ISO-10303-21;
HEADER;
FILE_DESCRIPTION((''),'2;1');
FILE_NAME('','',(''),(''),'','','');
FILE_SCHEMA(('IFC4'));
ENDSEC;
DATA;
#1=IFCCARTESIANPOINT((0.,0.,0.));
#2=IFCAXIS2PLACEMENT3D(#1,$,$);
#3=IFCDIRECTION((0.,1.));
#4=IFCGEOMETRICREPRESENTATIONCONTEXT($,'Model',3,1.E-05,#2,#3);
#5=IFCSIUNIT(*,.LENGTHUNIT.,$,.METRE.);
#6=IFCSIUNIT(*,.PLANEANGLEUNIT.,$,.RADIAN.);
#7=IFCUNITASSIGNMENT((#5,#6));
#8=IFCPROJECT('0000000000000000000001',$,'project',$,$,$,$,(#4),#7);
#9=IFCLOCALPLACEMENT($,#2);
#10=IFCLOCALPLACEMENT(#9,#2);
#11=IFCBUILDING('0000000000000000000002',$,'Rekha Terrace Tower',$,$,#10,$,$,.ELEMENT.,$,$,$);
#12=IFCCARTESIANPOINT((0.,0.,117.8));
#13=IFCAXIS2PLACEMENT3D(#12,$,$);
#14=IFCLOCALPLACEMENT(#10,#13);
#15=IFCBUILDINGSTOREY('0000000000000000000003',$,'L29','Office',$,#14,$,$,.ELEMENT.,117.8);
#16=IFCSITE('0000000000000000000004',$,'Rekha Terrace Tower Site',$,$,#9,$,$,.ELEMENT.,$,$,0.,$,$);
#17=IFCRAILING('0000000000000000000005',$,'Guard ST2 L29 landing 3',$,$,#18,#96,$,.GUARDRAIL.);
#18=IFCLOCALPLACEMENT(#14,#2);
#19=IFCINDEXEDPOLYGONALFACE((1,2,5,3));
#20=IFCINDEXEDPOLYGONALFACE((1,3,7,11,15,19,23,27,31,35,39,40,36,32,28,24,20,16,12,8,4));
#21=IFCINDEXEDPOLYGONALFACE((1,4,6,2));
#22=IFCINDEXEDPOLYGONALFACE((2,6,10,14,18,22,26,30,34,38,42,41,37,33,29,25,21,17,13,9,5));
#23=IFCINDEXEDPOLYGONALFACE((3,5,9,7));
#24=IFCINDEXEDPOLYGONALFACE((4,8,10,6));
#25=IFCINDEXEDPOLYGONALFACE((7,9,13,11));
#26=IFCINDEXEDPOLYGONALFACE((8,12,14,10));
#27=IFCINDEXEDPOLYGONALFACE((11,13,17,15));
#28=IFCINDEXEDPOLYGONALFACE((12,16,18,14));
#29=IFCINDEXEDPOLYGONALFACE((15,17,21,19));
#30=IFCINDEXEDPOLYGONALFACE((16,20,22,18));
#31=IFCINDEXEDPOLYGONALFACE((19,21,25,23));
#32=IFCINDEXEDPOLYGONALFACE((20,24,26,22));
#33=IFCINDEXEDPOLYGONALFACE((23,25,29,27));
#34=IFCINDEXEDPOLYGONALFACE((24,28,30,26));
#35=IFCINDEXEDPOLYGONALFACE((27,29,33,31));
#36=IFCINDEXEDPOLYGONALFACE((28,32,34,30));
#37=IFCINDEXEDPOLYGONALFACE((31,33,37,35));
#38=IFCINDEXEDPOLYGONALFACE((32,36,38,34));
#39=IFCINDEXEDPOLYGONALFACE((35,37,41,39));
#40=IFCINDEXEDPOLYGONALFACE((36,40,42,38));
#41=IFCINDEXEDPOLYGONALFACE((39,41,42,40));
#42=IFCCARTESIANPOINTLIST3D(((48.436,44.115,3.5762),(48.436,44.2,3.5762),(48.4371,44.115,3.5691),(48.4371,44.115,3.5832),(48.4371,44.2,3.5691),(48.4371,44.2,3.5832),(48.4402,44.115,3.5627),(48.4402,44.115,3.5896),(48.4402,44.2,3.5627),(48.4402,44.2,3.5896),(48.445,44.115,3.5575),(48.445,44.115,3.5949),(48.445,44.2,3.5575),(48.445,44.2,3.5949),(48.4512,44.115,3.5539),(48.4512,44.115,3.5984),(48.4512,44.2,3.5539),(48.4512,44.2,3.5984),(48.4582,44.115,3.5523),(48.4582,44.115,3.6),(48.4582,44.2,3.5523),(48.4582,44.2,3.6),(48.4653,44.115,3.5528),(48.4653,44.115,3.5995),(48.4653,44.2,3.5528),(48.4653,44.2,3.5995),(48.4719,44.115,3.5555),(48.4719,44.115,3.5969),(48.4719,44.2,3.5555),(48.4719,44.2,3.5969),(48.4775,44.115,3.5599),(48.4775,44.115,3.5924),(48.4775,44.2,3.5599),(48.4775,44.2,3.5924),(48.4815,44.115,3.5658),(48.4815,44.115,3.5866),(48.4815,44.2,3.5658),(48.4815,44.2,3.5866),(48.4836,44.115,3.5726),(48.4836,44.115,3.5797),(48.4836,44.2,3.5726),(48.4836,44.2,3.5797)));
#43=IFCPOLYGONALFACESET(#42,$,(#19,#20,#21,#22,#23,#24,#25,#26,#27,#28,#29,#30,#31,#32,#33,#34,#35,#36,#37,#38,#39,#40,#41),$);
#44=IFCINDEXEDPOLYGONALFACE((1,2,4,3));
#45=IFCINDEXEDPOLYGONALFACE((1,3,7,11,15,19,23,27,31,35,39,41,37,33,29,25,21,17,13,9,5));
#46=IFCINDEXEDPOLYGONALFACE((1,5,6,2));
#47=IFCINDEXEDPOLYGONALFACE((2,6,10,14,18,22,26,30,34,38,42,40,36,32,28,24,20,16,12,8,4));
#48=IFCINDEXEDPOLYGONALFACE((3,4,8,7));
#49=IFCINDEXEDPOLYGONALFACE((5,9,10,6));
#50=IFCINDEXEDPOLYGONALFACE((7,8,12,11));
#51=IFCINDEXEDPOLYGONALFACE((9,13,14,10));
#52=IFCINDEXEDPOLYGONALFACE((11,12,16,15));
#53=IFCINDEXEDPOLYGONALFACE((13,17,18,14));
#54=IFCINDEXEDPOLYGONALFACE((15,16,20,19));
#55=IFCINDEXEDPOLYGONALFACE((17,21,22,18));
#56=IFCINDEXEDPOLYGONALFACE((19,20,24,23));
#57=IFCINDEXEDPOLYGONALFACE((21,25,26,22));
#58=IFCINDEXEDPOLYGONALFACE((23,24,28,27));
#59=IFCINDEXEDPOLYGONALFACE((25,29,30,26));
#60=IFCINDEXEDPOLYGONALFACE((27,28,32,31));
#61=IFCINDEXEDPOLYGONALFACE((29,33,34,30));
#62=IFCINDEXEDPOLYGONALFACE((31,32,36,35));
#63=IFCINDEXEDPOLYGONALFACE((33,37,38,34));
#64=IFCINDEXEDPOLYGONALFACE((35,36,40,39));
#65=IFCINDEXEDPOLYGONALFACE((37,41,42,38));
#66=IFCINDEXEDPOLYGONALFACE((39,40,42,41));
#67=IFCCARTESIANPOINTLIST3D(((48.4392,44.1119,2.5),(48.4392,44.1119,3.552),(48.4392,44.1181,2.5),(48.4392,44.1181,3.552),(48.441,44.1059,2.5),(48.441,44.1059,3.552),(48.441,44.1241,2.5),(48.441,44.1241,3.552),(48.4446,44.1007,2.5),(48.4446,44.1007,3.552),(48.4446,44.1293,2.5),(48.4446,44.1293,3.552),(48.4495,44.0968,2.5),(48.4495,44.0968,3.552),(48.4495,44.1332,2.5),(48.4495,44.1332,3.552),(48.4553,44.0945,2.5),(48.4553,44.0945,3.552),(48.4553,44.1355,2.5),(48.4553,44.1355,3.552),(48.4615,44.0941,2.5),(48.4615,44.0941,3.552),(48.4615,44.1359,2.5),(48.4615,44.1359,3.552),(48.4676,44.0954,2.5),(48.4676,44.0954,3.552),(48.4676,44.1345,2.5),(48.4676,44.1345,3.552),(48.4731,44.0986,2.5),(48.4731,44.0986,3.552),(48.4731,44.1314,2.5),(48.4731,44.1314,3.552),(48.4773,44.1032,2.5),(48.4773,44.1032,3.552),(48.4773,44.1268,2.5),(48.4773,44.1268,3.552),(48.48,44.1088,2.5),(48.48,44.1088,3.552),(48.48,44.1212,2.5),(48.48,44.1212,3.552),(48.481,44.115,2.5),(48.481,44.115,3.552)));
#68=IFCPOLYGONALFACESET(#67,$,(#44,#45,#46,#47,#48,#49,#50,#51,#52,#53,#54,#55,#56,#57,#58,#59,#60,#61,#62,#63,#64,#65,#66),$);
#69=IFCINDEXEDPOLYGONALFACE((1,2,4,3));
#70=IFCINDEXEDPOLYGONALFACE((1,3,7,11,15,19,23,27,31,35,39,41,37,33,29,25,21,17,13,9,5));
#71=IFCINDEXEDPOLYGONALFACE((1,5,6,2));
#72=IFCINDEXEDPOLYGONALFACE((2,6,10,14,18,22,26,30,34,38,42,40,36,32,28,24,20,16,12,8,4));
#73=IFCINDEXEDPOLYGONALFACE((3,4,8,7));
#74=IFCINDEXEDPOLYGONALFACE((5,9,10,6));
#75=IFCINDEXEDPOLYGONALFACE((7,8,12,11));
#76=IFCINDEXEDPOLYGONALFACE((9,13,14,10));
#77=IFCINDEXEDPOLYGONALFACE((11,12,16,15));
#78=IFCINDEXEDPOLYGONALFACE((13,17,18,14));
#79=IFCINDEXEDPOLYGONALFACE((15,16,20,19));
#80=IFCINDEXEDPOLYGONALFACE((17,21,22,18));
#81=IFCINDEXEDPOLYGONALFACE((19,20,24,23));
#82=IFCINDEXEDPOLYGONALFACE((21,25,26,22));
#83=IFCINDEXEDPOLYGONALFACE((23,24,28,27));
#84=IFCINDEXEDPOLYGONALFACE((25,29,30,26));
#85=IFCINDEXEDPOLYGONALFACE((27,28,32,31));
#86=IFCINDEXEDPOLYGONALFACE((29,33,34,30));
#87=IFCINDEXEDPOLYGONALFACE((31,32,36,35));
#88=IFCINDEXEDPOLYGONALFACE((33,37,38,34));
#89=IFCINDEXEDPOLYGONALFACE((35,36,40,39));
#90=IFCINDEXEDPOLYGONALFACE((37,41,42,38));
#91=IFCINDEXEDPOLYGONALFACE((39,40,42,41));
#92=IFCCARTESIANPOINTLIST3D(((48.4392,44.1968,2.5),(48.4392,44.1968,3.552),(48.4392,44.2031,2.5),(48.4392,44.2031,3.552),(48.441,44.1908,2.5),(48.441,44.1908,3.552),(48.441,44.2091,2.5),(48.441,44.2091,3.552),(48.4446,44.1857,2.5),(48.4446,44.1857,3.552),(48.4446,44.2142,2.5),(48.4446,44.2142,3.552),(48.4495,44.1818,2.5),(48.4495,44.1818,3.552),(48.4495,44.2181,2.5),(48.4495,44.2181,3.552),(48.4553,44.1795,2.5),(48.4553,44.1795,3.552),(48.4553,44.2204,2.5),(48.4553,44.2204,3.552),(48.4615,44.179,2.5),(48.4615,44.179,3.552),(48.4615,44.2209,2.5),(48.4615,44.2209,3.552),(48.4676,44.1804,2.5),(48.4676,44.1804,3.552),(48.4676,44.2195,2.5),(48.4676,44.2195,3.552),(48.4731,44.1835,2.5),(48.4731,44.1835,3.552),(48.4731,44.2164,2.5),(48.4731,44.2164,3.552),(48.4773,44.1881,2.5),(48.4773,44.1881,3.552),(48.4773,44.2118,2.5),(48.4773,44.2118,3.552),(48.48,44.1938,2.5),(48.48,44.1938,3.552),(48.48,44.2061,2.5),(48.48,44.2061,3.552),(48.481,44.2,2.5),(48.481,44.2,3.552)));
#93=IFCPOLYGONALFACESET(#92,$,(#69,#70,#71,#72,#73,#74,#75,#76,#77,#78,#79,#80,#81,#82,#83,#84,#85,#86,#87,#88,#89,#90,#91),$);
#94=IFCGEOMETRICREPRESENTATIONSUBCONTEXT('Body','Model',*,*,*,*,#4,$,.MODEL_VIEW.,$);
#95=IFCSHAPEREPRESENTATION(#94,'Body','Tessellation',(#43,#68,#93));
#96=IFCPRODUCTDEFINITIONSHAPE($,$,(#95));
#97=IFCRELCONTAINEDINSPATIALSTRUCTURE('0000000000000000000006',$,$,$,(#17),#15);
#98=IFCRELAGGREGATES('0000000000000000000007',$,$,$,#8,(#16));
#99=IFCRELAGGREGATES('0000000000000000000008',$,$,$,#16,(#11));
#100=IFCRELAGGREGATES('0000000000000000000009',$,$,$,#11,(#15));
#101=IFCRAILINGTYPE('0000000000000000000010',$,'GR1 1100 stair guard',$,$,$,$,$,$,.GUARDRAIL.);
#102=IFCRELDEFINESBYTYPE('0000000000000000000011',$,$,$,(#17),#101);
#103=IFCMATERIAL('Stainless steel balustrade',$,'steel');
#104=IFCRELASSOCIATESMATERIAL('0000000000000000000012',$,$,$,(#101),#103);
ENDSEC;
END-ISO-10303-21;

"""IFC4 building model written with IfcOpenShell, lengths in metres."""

from ifc_helpers import new_model, si_unit, direction, frame, origin, origin_2d, place, context, subcontext, project, spatial, circle, extrude, material, type_object, element, save


model = new_model("IFC4")

# Units and contexts
model_context = context("Model", 3, precision=1e-05, world=origin(), true_north=direction((0.0, 1.0)))
body_context = subcontext(model_context, "Body", "Model", "MODEL_VIEW")
ifc_project = project(units=[si_unit("LENGTHUNIT", "METRE"), si_unit("PLANEANGLEUNIT", "RADIAN")], contexts=[model_context])

# Site, building, storey
site_placement = place(None, origin())
site = spatial("IfcSite", under=ifc_project, at=site_placement, Name="Rekha Terrace Tower Site", CompositionType="ELEMENT", RefElevation=0.0)
building_placement = place(site_placement, origin())
building = spatial("IfcBuilding", under=site, at=building_placement, Name="Rekha Terrace Tower", CompositionType="ELEMENT")
storey_placement = place(building_placement, frame((0.0, 0.0, 117.8)))
storey = spatial("IfcBuildingStorey", under=building, at=storey_placement, Name="L29", Description="Office", CompositionType="ELEMENT", Elevation=117.8)

# Railing
ifc_material_1 = material(Name="Stainless steel balustrade", Category="steel")
railing_type_1 = type_object("IfcRailingType", Name="GR1 1100 stair guard", PredefinedType="GUARDRAIL", material=ifc_material_1)
railing_1_placement = place(storey_placement, frame((48.46, 44.115, 2.5)))
element("IfcRailing", 1, at=railing_1_placement, inside=storey, type_object=railing_type_1, Name="Guard ST2 L29 landing 3", PredefinedType="GUARDRAIL", context=body_context, shape_type="SweptSolid", body=[
    extrude(circle(Radius=0.0239, at=origin_2d()), frame((0.0, 0.0, 1.0762), z_axis=(0.0, 1.0, 0.0), x_axis=(-1.0, 0.0, 0.0)), (0.0, 0.0, 1.0), 0.085),
    extrude(circle(Radius=0.021, at=origin_2d()), origin(), (0.0, 0.0, 1.0), 1.052),
    extrude(circle(Radius=0.021, at=origin_2d()), frame((0.0, 0.085, 0.0)), (0.0, 0.0, 1.0), 1.052),
])

save(model, "model.ifc")
